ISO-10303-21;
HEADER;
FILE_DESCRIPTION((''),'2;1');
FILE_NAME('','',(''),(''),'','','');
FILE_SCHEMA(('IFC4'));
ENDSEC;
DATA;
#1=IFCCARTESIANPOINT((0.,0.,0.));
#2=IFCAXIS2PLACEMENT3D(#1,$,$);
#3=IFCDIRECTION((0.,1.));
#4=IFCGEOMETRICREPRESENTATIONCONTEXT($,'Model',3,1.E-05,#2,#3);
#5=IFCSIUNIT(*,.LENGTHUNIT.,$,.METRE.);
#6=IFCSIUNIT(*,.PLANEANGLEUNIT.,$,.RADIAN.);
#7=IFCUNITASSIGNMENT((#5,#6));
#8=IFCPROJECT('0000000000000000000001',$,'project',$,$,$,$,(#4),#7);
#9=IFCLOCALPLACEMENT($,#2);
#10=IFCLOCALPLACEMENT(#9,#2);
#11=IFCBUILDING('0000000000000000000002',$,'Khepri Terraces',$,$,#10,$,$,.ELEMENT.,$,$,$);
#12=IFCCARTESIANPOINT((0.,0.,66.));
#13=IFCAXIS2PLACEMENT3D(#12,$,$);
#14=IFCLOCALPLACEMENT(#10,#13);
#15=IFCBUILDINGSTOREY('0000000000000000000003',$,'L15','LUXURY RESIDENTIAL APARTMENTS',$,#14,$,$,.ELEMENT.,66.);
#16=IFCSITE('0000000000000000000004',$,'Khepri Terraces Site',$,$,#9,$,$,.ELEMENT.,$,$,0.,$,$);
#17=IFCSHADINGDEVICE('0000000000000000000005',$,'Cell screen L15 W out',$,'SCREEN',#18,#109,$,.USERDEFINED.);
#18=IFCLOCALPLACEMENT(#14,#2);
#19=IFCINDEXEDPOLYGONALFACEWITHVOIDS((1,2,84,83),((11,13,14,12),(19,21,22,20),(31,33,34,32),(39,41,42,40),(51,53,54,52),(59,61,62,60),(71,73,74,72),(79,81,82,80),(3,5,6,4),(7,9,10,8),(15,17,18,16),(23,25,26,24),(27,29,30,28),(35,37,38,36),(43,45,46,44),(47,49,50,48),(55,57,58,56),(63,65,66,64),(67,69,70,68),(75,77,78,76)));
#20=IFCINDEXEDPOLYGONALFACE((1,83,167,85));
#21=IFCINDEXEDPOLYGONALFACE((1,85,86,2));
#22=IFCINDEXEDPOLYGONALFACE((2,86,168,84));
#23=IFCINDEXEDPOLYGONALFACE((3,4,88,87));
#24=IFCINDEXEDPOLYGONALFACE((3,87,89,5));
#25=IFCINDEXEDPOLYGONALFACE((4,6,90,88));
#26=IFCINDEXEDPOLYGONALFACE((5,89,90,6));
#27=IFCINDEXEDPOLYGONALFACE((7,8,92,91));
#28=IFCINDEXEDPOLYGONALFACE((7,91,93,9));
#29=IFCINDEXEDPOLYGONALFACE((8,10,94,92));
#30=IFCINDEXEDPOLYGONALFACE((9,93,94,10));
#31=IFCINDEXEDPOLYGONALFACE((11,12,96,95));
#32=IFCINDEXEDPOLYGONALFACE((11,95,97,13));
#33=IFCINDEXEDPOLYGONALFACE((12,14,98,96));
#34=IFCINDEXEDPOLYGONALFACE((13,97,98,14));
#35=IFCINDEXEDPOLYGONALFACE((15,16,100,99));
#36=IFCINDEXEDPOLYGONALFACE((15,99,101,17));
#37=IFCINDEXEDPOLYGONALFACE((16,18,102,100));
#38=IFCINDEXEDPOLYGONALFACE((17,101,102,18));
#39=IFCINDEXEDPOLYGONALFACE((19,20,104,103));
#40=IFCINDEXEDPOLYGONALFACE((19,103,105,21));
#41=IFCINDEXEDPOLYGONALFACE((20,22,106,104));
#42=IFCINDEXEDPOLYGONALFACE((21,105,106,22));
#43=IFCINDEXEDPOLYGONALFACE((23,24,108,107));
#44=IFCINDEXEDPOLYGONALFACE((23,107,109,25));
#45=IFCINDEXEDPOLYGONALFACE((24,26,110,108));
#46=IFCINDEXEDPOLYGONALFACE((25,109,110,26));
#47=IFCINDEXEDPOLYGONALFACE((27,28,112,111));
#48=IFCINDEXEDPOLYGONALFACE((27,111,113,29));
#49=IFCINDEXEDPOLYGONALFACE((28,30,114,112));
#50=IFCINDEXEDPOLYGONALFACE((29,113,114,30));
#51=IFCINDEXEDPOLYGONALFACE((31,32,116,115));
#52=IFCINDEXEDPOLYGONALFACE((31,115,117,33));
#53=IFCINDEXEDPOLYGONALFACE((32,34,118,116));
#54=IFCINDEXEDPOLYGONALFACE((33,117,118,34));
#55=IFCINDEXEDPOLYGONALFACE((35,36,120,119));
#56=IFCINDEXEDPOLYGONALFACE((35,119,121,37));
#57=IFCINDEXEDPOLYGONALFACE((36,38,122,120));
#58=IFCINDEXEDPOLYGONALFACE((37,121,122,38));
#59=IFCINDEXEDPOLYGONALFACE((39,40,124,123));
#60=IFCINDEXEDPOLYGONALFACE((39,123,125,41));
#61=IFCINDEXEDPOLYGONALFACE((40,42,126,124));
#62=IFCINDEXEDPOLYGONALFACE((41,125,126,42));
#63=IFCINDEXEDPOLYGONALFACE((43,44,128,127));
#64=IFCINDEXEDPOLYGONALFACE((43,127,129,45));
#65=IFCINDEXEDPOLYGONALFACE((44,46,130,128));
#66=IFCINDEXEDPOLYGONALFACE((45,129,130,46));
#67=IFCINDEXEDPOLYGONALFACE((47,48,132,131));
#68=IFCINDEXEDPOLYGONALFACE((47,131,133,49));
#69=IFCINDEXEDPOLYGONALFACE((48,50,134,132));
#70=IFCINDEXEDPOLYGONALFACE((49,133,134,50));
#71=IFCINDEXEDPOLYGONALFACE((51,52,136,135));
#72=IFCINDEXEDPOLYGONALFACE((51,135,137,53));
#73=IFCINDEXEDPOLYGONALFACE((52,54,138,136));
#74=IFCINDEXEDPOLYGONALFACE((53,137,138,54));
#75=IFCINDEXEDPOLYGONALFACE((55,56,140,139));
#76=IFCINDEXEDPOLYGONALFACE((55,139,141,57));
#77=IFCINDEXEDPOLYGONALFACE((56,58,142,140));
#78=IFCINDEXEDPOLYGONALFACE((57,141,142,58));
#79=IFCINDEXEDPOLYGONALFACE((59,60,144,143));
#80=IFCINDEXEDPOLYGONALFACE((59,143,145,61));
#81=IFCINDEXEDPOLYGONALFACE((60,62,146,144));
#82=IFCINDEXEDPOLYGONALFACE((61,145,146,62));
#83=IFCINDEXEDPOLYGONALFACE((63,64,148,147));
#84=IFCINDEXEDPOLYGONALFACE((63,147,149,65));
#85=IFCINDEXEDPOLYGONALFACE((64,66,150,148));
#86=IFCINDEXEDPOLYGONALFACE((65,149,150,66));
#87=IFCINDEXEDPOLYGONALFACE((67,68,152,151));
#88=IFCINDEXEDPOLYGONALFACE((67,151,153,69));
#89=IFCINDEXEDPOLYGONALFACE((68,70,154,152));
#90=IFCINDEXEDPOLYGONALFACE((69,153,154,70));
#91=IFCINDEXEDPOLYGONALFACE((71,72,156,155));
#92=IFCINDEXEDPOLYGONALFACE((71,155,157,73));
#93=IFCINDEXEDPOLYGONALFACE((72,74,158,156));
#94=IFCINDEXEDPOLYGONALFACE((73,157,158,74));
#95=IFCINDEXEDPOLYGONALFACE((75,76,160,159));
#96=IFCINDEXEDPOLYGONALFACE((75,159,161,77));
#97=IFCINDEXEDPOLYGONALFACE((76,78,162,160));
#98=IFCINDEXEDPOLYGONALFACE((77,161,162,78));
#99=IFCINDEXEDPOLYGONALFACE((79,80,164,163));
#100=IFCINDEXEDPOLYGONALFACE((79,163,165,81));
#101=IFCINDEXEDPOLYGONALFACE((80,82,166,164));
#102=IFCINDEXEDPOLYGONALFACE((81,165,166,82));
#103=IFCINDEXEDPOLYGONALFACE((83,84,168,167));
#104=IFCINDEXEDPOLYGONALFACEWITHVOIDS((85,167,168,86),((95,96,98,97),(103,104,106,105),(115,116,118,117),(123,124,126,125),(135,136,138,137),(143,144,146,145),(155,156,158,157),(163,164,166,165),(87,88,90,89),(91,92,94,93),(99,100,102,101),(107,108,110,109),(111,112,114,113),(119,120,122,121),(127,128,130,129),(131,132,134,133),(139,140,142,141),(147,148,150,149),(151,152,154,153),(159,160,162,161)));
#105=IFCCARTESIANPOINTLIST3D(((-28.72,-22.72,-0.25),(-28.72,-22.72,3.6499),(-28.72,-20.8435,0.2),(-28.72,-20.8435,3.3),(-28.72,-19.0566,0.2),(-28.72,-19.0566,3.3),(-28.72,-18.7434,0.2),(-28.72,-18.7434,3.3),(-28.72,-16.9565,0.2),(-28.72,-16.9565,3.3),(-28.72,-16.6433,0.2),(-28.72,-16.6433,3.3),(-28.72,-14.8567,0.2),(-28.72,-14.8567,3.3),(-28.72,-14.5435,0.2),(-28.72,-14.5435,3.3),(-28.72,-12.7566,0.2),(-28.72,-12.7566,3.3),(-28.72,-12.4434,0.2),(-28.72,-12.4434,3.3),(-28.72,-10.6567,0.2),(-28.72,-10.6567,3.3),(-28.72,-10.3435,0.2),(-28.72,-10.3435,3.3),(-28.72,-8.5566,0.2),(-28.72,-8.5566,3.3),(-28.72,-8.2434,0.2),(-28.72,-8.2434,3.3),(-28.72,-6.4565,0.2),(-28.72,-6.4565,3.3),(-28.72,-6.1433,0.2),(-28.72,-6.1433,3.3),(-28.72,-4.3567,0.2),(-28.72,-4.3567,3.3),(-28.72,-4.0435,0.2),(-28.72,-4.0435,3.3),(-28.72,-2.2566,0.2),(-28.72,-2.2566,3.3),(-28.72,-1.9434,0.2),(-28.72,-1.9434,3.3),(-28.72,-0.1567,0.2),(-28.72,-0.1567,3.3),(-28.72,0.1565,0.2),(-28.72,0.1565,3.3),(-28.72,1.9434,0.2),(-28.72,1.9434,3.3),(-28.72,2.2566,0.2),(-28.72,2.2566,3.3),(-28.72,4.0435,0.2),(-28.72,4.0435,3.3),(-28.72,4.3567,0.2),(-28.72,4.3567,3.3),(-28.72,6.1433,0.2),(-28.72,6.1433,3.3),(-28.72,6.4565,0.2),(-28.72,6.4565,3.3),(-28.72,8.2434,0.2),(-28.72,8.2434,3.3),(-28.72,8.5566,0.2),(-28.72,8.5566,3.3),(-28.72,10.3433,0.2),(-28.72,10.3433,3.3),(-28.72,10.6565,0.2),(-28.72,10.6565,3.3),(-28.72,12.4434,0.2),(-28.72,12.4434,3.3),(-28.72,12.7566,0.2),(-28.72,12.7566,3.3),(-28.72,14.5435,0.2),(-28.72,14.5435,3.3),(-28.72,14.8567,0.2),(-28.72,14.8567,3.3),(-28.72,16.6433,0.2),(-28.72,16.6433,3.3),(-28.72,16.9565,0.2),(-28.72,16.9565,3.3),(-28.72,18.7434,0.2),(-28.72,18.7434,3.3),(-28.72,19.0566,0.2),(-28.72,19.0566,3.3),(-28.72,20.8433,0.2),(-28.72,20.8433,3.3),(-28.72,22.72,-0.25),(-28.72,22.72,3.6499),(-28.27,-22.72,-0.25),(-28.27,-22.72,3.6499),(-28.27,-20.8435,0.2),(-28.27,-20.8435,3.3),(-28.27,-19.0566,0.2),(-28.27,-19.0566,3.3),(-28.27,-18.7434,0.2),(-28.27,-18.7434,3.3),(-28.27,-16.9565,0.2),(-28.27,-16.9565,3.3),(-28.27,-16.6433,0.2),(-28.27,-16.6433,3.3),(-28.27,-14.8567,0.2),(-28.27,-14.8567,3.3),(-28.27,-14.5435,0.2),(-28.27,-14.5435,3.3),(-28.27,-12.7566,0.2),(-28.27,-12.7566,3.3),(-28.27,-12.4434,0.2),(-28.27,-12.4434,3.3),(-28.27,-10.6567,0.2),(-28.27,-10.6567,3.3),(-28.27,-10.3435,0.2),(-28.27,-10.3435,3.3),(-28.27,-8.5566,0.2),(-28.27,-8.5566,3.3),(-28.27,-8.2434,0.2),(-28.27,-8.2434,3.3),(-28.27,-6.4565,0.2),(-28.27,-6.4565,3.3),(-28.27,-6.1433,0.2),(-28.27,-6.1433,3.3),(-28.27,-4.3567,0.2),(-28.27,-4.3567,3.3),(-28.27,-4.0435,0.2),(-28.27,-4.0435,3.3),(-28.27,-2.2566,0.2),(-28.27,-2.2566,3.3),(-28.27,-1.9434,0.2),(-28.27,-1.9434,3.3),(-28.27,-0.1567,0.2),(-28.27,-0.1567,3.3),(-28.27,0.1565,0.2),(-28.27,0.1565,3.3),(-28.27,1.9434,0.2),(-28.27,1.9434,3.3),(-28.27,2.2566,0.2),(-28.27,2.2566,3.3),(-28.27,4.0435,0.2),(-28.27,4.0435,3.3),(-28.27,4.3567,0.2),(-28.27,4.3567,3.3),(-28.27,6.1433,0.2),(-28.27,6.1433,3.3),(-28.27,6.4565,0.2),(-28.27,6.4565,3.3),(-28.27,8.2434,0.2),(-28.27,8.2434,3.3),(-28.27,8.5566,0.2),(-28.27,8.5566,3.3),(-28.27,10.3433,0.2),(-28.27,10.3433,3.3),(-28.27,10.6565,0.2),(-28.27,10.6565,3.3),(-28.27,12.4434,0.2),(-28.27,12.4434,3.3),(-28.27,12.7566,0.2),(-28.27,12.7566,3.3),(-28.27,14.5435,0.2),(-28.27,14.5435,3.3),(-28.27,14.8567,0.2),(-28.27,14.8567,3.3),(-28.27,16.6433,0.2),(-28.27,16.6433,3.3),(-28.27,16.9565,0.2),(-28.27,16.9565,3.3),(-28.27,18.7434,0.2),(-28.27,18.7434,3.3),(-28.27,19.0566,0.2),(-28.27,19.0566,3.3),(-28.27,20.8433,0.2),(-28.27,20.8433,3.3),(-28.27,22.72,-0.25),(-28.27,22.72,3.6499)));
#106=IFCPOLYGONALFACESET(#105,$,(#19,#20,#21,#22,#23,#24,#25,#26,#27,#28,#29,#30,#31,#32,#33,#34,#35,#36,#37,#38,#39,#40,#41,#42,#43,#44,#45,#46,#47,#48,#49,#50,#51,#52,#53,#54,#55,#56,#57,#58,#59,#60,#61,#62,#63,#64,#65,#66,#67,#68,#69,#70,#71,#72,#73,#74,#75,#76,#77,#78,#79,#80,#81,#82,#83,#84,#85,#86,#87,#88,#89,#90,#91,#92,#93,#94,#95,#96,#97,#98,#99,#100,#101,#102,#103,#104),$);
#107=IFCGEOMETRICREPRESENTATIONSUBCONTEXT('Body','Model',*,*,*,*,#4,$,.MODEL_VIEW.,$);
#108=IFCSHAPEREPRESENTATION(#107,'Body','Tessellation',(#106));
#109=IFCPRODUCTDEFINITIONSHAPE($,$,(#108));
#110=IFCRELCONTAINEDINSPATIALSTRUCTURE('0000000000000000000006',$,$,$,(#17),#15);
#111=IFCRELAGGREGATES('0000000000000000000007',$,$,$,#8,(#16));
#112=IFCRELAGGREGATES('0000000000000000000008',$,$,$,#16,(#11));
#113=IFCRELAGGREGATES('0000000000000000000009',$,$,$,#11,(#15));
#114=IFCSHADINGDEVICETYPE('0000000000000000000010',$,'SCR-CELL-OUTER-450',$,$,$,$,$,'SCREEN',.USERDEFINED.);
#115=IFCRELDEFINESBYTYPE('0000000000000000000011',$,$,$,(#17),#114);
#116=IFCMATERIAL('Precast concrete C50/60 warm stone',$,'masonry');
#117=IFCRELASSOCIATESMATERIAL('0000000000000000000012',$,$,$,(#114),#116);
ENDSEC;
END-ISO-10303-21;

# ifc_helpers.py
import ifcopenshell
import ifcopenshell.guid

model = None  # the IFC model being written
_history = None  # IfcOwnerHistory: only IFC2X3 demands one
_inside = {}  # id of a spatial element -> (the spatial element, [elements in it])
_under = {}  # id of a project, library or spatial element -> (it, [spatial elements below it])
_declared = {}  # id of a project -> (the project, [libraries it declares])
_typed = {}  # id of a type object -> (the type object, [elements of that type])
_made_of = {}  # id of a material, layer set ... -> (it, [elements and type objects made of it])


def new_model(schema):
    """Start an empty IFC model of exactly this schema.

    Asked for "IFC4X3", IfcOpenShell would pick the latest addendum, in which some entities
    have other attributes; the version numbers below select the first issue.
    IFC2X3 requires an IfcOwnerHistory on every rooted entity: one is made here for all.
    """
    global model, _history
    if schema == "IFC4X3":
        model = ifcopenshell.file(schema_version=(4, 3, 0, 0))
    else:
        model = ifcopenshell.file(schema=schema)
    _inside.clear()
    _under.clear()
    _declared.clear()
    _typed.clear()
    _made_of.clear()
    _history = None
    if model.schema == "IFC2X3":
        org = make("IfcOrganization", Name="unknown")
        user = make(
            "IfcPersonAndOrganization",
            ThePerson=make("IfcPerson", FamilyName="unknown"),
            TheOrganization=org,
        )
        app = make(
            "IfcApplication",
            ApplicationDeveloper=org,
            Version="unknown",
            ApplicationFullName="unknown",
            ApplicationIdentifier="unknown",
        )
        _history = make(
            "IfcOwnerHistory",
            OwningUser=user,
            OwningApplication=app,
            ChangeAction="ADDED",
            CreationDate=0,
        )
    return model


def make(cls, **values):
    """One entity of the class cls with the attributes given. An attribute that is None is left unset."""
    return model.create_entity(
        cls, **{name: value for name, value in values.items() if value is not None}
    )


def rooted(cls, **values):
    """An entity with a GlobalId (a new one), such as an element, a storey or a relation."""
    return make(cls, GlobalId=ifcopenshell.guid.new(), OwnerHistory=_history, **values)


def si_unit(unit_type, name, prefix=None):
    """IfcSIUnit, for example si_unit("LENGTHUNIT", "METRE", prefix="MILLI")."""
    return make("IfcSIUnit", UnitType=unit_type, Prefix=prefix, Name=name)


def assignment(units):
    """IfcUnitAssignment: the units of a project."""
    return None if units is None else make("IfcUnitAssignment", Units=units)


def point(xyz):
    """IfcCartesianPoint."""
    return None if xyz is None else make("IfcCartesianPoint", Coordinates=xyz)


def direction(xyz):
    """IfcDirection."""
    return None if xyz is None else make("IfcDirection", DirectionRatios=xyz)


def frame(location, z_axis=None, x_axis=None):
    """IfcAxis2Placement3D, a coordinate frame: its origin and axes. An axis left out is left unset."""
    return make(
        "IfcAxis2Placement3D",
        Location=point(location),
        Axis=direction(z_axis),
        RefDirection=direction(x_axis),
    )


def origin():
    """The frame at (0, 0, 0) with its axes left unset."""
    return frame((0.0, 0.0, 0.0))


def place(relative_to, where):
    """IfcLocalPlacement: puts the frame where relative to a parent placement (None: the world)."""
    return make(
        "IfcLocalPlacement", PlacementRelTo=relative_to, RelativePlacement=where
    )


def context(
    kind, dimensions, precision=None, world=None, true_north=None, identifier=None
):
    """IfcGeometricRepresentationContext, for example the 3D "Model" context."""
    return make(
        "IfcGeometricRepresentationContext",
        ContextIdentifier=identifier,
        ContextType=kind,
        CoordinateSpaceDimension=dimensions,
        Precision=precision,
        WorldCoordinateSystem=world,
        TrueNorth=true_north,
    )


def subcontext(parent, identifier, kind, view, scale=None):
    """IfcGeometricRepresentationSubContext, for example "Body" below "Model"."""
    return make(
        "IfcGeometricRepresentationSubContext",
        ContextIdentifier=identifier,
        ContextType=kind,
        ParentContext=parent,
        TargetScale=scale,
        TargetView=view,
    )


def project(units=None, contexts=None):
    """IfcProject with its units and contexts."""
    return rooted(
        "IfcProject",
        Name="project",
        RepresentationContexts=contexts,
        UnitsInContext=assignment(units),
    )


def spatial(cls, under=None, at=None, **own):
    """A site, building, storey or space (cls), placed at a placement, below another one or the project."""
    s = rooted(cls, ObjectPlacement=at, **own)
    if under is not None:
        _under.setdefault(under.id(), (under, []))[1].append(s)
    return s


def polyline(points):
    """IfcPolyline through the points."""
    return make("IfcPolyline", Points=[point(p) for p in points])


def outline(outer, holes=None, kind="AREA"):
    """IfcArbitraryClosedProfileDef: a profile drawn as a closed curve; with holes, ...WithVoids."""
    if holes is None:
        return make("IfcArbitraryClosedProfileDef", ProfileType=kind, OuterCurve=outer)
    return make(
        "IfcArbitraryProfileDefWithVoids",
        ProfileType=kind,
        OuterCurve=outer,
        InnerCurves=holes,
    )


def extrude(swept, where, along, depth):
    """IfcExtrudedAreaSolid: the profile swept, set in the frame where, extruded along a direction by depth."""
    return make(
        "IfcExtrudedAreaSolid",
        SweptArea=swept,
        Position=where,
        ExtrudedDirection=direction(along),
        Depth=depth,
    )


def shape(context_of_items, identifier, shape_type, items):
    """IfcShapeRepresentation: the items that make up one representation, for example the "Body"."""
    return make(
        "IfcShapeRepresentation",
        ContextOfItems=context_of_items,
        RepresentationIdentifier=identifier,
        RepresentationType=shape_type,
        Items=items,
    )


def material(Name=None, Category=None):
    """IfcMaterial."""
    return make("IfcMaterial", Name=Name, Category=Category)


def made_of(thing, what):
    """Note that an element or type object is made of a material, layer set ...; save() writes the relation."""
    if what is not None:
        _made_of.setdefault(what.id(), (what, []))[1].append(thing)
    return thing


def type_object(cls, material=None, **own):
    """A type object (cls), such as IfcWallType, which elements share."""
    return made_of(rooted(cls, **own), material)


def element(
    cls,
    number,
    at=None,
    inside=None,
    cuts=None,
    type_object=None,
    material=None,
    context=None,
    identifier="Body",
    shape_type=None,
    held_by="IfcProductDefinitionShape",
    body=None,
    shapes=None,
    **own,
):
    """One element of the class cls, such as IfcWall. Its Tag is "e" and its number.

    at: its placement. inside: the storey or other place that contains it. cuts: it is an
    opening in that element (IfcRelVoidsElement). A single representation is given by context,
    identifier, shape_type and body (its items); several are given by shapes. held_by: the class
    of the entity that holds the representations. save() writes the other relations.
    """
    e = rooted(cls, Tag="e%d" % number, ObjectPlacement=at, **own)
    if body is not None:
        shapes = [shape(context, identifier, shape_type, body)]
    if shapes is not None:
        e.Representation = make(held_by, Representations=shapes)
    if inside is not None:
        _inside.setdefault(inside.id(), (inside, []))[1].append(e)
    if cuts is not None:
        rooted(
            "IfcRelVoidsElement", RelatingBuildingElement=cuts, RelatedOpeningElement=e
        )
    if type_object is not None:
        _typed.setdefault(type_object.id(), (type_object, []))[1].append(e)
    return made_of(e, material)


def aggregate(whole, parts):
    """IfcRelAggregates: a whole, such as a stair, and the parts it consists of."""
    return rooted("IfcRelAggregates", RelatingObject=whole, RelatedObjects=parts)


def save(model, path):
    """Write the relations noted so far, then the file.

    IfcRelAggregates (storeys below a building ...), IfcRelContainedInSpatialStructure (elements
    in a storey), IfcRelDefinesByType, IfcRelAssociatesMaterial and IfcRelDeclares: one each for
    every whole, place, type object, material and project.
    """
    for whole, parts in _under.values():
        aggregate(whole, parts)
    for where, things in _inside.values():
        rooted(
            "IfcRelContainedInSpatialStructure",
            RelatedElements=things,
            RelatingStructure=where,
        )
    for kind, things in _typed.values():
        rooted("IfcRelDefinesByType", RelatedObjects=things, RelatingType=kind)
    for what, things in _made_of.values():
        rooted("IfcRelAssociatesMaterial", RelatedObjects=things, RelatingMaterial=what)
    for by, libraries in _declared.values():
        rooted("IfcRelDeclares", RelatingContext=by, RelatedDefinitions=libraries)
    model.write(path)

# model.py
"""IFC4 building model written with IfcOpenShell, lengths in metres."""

from ifc_helpers import new_model, si_unit, direction, frame, origin, place, context, subcontext, project, spatial, polyline, outline, extrude, material, type_object, element, save


model = new_model("IFC4")

# Units and contexts
model_context = context("Model", 3, precision=1e-05, world=origin(), true_north=direction((0.0, 1.0)))
body_context = subcontext(model_context, "Body", "Model", "MODEL_VIEW")
ifc_project = project(units=[si_unit("LENGTHUNIT", "METRE"), si_unit("PLANEANGLEUNIT", "RADIAN")], contexts=[model_context])

# Site, building, storey
site_placement = place(None, origin())
site = spatial("IfcSite", under=ifc_project, at=site_placement, Name="Khepri Terraces Site", CompositionType="ELEMENT", RefElevation=0.0)
building_placement = place(site_placement, origin())
building = spatial("IfcBuilding", under=site, at=building_placement, Name="Khepri Terraces", CompositionType="ELEMENT")
storey_placement = place(building_placement, frame((0.0, 0.0, 66.0)))
storey = spatial("IfcBuildingStorey", under=building, at=storey_placement, Name="L15", Description="LUXURY RESIDENTIAL APARTMENTS", CompositionType="ELEMENT", Elevation=66.0)

# Shared definitions
ifc_material_1 = material(Name="Precast concrete C50/60 warm stone", Category="masonry")

# Shading device
shading_device_type_1 = type_object("IfcShadingDeviceType", Name="SCR-CELL-OUTER-450", ElementType="SCREEN", PredefinedType="USERDEFINED", material=ifc_material_1)
shading_device_1_placement = place(storey_placement, frame((-28.27, 22.72, -0.25), z_axis=(-1.0, 0.0, 0.0), x_axis=(0.0, -1.0, 0.0)))
element("IfcShadingDevice", 1, at=shading_device_1_placement, inside=storey, type_object=shading_device_type_1, Name="Cell screen L15 W out", ObjectType="SCREEN", PredefinedType="USERDEFINED", context=body_context, shape_type="SweptSolid", body=[
    extrude(outline(polyline([(0.0, 0.0), (45.4399, 0.0), (45.4399, 3.8999), (0.0, 3.8999), (0.0, 0.0)]), holes=[polyline([(1.8767, 0.45), (3.6633, 0.45), (3.6633, 3.55), (1.8767, 3.55), (1.8767, 0.45)]), polyline([(3.9766, 0.45), (5.7634, 0.45), (5.7634, 3.55), (3.9766, 3.55), (3.9766, 0.45)]), polyline([(6.0767, 0.45), (7.8633, 0.45), (7.8633, 3.55), (6.0767, 3.55), (6.0767, 0.45)]), polyline([(8.1765, 0.45), (9.9634, 0.45), (9.9634, 3.55), (8.1765, 3.55), (8.1765, 0.45)]), polyline([(10.2766, 0.45), (12.0635, 0.45), (12.0635, 3.55), (10.2766, 3.55), (10.2766, 0.45)]), polyline([(12.3767, 0.45), (14.1633, 0.45), (14.1633, 3.55), (12.3767, 3.55), (12.3767, 0.45)]), polyline([(14.4766, 0.45), (16.2634, 0.45), (16.2634, 3.55), (14.4766, 3.55), (14.4766, 0.45)]), polyline([(16.5767, 0.45), (18.3633, 0.45), (18.3633, 3.55), (16.5767, 3.55), (16.5767, 0.45)]), polyline([(18.6765, 0.45), (20.4634, 0.45), (20.4634, 3.55), (18.6765, 3.55), (18.6765, 0.45)]), polyline([(20.7766, 0.45), (22.5635, 0.45), (22.5635, 3.55), (20.7766, 3.55), (20.7766, 0.45)]), polyline([(22.8767, 0.45), (24.6633, 0.45), (24.6633, 3.55), (22.8767, 3.55), (22.8767, 0.45)]), polyline([(24.9766, 0.45), (26.7634, 0.45), (26.7634, 3.55), (24.9766, 3.55), (24.9766, 0.45)]), polyline([(27.0767, 0.45), (28.8633, 0.45), (28.8633, 3.55), (27.0767, 3.55), (27.0767, 0.45)]), polyline([(29.1765, 0.45), (30.9634, 0.45), (30.9634, 3.55), (29.1765, 3.55), (29.1765, 0.45)]), polyline([(31.2766, 0.45), (33.0635, 0.45), (33.0635, 3.55), (31.2766, 3.55), (31.2766, 0.45)]), polyline([(33.3767, 0.45), (35.1633, 0.45), (35.1633, 3.55), (33.3767, 3.55), (33.3767, 0.45)]), polyline([(35.4766, 0.45), (37.2634, 0.45), (37.2634, 3.55), (35.4766, 3.55), (35.4766, 0.45)]), polyline([(37.5767, 0.45), (39.3633, 0.45), (39.3633, 3.55), (37.5767, 3.55), (37.5767, 0.45)]), polyline([(39.6765, 0.45), (41.4634, 0.45), (41.4634, 3.55), (39.6765, 3.55), (39.6765, 0.45)]), polyline([(41.7766, 0.45), (43.5635, 0.45), (43.5635, 3.55), (41.7766, 3.55), (41.7766, 0.45)])]), origin(), (0.0, 0.0, 1.0), 0.45),
])

save(model, "model.ifc")
